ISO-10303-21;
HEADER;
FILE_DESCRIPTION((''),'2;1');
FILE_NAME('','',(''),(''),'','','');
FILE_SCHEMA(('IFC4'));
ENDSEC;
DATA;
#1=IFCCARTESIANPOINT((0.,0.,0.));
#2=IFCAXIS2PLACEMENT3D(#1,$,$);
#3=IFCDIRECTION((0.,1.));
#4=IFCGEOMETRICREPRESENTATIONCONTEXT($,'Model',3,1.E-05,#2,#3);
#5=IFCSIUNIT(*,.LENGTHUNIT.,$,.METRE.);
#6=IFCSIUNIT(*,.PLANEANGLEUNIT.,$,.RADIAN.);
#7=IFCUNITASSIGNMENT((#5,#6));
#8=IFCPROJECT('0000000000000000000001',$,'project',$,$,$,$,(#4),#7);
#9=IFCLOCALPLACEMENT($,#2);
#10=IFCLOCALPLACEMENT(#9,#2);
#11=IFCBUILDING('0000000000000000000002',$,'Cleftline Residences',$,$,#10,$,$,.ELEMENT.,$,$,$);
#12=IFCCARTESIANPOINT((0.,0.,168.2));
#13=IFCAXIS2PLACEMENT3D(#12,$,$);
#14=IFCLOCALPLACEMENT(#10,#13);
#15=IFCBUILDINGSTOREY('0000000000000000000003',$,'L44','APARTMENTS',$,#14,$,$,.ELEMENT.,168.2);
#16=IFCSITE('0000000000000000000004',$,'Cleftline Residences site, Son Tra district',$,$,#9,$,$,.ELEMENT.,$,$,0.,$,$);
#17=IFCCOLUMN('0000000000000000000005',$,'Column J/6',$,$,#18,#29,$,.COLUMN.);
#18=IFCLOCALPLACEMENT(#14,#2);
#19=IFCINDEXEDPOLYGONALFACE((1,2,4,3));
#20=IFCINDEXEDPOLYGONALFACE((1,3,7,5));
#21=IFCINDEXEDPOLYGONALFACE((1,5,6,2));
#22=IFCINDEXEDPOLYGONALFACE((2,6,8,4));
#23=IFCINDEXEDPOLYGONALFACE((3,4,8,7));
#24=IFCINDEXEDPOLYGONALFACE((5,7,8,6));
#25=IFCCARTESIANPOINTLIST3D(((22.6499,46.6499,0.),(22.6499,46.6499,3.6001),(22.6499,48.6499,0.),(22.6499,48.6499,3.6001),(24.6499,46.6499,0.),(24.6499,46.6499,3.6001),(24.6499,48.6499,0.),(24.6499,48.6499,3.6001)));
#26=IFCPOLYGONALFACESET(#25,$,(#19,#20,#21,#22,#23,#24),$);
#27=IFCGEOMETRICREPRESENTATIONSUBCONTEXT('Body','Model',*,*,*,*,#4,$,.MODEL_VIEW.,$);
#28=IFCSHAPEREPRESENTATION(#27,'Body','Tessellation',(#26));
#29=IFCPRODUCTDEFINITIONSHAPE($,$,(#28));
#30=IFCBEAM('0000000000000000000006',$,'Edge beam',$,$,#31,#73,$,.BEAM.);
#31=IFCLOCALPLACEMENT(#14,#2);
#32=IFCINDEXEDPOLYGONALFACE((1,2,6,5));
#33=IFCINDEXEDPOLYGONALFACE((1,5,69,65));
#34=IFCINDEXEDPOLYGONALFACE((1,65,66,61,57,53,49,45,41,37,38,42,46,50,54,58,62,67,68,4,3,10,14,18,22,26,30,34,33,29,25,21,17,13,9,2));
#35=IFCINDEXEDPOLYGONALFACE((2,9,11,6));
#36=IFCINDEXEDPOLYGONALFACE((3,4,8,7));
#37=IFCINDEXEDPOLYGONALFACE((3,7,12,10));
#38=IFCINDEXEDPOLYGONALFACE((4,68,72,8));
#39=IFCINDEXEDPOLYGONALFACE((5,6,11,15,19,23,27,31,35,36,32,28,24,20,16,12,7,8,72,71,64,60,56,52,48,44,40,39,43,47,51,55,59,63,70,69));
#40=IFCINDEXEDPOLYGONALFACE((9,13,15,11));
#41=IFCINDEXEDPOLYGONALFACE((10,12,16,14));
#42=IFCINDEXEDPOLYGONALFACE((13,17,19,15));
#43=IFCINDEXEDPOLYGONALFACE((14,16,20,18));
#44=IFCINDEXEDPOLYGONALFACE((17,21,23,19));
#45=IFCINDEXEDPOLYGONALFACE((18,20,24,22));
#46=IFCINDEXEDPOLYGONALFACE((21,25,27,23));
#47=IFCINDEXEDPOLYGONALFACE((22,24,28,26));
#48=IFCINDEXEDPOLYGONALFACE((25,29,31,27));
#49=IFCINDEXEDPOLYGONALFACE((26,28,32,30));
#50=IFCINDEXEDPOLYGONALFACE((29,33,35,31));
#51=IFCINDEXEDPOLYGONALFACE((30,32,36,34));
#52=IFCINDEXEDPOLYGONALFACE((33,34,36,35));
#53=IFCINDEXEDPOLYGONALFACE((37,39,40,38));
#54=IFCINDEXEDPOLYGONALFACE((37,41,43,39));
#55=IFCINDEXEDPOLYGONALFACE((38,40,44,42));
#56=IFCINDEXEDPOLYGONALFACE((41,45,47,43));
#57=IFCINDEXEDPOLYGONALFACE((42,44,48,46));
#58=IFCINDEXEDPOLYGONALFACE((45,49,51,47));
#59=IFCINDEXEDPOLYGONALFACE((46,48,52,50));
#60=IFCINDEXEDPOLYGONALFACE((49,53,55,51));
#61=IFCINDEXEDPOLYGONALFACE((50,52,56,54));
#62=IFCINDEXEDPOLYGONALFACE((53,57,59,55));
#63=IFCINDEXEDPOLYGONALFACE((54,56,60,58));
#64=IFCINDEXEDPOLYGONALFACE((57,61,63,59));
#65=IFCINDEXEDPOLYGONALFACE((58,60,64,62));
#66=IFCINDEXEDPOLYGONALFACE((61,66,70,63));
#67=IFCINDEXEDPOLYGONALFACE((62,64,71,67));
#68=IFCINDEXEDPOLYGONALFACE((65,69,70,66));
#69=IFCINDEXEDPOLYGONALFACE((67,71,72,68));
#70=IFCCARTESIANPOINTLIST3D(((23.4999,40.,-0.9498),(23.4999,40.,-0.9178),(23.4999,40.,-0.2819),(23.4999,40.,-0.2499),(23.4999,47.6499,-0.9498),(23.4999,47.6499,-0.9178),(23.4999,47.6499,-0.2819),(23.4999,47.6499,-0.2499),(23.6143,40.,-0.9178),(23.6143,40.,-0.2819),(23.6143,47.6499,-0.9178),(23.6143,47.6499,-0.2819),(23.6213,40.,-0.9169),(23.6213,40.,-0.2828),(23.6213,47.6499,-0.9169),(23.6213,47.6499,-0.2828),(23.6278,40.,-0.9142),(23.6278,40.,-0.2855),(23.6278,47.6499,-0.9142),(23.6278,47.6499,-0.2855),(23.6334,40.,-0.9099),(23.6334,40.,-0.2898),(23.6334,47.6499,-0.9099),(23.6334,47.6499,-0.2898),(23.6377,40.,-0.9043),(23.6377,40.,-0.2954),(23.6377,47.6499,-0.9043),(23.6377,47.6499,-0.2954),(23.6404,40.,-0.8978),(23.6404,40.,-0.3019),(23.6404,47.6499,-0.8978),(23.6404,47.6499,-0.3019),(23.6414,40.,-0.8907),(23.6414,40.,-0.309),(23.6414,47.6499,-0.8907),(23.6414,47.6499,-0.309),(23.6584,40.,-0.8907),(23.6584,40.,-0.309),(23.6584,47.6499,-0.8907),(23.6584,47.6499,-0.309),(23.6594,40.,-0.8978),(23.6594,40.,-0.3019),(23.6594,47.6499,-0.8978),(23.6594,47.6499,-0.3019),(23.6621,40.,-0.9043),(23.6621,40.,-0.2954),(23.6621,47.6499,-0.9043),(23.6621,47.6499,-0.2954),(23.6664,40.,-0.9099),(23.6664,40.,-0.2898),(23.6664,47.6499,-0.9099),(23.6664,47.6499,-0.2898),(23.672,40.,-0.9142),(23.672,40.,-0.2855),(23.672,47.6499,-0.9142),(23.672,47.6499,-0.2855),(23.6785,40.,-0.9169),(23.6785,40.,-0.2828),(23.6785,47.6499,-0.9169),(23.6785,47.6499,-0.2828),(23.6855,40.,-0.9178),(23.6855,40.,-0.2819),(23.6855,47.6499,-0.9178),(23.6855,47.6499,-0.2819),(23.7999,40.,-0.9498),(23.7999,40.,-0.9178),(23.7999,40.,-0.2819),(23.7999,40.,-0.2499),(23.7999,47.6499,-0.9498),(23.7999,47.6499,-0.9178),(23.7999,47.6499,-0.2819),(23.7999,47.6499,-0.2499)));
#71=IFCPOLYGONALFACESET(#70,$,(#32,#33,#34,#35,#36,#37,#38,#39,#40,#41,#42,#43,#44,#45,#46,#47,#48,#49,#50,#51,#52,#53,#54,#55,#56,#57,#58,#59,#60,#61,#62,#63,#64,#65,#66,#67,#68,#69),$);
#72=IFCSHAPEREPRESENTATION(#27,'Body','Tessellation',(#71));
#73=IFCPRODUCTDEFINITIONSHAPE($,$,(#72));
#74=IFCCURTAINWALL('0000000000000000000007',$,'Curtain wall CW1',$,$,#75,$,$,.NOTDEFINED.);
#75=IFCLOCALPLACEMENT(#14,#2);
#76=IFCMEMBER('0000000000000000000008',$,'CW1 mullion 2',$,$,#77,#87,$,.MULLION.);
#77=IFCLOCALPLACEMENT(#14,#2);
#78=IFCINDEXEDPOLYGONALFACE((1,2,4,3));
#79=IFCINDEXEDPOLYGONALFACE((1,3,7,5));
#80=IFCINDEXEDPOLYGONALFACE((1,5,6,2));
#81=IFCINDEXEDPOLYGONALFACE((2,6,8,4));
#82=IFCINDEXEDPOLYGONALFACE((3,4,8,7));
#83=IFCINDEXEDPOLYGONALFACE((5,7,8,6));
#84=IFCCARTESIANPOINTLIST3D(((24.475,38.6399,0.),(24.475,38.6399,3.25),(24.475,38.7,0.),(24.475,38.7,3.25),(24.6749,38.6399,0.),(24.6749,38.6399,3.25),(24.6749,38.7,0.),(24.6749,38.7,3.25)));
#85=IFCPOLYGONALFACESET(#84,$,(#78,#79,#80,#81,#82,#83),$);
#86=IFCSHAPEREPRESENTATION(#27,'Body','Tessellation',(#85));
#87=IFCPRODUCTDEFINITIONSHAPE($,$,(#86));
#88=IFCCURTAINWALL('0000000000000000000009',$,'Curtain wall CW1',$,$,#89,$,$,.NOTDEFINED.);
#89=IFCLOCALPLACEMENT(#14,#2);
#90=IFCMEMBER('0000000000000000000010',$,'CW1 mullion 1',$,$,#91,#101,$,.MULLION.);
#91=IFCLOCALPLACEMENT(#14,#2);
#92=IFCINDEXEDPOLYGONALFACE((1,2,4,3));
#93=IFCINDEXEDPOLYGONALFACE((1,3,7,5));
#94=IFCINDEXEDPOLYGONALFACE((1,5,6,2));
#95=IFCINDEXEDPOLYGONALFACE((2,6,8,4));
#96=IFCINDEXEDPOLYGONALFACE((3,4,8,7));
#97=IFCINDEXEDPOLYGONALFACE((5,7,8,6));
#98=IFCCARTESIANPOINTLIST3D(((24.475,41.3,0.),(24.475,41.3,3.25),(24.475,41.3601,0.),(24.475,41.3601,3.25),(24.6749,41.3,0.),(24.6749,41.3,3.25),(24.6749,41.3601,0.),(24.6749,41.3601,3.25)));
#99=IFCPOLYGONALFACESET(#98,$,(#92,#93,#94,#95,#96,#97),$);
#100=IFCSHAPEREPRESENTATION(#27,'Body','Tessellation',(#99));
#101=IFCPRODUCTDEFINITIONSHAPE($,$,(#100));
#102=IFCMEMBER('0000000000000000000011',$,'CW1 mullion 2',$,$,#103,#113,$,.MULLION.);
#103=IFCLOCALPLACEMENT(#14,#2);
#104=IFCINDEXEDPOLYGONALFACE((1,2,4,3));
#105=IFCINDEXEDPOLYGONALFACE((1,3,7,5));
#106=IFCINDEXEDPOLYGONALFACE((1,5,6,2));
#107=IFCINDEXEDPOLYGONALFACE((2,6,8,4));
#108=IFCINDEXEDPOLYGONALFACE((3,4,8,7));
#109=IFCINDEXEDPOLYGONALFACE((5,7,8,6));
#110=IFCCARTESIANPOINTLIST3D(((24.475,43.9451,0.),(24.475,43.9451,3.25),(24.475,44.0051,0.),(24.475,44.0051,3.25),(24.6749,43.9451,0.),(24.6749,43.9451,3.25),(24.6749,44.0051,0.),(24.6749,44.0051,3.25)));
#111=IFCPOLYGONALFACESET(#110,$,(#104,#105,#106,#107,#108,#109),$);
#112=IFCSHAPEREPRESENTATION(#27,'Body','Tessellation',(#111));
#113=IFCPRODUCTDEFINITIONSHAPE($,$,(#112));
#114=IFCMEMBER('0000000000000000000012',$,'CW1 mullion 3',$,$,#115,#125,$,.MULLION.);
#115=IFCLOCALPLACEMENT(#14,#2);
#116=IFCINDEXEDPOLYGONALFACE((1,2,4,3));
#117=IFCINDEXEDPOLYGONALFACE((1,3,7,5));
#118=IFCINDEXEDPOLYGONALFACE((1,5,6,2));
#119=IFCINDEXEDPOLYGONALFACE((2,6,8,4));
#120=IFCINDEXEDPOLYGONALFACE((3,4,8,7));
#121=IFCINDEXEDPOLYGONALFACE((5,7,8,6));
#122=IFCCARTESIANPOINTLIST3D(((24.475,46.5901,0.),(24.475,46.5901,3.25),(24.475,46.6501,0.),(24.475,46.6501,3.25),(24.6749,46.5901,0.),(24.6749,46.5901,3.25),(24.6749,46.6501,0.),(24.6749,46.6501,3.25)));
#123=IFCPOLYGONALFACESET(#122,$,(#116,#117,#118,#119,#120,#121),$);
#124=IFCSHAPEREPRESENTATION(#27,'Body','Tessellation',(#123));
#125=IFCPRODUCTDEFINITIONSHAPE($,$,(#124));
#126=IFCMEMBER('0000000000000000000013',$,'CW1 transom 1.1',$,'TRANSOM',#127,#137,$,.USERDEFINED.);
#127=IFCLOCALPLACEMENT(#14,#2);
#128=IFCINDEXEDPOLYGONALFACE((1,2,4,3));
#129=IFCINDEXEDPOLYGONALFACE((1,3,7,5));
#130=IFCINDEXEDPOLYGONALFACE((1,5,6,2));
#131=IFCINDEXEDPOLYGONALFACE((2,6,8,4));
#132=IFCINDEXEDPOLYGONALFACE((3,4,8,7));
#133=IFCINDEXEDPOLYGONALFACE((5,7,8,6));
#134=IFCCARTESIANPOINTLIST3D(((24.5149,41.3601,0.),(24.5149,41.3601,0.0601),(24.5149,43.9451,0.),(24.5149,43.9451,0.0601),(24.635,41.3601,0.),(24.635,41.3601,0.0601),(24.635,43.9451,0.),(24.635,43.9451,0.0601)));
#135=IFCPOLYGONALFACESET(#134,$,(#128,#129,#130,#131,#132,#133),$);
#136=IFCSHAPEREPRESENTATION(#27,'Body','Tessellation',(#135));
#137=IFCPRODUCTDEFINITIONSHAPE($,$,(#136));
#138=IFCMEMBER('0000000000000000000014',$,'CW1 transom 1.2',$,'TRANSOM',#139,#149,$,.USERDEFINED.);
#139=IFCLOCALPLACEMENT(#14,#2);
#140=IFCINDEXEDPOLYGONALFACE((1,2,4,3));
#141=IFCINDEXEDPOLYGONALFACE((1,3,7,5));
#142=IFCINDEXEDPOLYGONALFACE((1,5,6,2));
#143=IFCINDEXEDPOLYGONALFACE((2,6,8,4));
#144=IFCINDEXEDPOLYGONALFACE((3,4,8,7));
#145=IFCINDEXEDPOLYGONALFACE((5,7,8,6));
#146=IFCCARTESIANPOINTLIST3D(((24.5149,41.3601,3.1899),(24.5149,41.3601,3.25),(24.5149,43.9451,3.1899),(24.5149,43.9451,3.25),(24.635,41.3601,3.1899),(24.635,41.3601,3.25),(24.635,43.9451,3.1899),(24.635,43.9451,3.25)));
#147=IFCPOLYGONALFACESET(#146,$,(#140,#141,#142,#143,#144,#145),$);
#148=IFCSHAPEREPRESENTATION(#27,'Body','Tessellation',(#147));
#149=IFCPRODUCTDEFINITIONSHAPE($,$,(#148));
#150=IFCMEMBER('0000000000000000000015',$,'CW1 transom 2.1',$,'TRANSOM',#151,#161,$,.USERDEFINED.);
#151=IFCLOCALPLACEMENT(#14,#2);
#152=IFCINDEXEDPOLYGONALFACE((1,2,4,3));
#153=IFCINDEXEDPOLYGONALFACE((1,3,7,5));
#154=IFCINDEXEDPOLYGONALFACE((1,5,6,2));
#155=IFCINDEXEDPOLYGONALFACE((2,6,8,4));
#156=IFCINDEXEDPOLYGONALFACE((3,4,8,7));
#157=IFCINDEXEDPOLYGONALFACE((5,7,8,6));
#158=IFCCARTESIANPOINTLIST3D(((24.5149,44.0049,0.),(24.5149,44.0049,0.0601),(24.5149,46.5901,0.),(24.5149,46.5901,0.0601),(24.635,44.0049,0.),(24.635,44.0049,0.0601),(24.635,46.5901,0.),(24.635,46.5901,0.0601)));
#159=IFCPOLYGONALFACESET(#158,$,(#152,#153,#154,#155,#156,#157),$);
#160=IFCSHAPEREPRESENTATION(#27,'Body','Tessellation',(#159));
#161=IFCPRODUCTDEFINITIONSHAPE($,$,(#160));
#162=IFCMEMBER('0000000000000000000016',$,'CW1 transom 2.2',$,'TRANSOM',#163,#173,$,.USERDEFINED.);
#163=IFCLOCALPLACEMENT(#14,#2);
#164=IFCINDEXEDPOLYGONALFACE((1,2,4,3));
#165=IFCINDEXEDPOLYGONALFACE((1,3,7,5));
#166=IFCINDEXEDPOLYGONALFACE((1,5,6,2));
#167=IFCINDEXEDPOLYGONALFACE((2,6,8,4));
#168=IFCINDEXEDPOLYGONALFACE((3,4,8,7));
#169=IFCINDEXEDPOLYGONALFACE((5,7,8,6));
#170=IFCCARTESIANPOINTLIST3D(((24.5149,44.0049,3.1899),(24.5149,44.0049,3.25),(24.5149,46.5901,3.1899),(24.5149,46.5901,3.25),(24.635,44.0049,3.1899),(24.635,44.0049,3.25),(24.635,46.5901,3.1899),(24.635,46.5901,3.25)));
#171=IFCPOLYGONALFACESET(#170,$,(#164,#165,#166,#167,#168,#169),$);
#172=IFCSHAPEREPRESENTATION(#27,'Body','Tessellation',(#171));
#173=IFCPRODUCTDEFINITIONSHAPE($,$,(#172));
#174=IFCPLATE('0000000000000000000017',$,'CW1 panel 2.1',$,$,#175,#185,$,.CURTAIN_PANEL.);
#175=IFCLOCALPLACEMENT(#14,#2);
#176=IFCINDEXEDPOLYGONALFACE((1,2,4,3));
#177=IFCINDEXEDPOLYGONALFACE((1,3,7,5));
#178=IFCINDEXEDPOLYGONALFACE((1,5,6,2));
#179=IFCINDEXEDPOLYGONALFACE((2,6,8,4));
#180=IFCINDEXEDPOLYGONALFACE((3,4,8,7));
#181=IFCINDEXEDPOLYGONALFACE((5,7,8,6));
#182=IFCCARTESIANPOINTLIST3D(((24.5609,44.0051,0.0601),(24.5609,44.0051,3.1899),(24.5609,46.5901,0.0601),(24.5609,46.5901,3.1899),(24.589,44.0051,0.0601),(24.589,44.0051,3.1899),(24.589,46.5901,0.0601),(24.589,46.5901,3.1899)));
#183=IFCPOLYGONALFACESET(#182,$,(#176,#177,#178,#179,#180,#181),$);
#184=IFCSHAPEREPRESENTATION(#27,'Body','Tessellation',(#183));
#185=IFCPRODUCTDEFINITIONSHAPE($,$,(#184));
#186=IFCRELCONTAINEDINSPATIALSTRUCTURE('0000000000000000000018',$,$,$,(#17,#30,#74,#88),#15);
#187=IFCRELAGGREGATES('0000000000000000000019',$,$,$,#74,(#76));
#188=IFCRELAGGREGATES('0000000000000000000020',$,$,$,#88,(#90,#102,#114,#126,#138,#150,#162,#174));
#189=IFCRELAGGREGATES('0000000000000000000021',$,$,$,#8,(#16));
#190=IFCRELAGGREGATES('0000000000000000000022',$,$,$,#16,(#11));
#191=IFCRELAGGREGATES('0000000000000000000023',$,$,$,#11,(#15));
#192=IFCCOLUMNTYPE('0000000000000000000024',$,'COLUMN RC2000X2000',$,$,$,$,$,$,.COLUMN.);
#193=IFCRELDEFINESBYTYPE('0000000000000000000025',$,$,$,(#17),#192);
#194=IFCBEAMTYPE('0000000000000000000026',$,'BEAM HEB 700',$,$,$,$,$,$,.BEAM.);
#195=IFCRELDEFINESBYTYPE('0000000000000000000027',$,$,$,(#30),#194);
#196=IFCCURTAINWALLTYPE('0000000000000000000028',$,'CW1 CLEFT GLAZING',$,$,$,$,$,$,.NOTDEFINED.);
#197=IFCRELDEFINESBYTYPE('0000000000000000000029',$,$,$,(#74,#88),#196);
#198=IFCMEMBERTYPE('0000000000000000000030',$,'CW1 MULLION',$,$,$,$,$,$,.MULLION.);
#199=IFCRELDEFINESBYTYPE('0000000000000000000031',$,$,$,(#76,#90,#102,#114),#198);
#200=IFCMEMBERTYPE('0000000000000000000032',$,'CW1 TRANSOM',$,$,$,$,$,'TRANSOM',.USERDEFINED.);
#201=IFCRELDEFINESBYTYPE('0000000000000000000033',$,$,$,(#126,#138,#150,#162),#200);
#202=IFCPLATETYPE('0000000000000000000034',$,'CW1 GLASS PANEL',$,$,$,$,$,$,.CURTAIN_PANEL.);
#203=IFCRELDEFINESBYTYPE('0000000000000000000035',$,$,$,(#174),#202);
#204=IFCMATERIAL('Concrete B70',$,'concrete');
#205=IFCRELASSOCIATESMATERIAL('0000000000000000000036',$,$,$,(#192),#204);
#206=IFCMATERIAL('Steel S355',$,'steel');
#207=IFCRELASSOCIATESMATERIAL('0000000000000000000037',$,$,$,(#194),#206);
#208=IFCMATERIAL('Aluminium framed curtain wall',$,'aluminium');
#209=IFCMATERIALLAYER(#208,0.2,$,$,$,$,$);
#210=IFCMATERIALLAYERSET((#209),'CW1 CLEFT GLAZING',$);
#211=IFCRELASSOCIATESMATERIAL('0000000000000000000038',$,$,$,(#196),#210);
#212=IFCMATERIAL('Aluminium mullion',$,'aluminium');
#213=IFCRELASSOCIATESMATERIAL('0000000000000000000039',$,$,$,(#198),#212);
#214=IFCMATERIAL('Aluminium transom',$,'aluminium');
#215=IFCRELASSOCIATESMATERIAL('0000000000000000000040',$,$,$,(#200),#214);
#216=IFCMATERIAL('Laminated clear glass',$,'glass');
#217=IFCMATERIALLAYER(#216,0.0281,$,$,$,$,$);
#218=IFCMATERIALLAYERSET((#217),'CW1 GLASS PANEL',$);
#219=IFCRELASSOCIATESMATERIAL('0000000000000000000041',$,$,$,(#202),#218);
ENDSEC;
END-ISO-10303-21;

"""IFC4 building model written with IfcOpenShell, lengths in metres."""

from ifc_helpers import new_model, si_unit, direction, frame, origin, origin_2d, place, context, subcontext, project, spatial, rectangle, i_section, extrude, material, layer, layer_set, material_profile, profile_set, type_object, element, aggregate, save


model = new_model("IFC4")

# Units and contexts
model_context = context("Model", 3, precision=1e-05, world=origin(), true_north=direction((0.0, 1.0)))
body_context = subcontext(model_context, "Body", "Model", "MODEL_VIEW")
ifc_project = project(units=[si_unit("LENGTHUNIT", "METRE"), si_unit("PLANEANGLEUNIT", "RADIAN")], contexts=[model_context])

# Site, building, storey
site_placement = place(None, origin())
site = spatial("IfcSite", under=ifc_project, at=site_placement, Name="Cleftline Residences site, Son Tra district", CompositionType="ELEMENT", RefElevation=0.0)
building_placement = place(site_placement, origin())
building = spatial("IfcBuilding", under=site, at=building_placement, Name="Cleftline Residences", CompositionType="ELEMENT")
storey_placement = place(building_placement, frame((0.0, 0.0, 168.2)))
storey = spatial("IfcBuildingStorey", under=building, at=storey_placement, Name="L44", Description="APARTMENTS", CompositionType="ELEMENT", Elevation=168.2)

# Column
ifc_material_1 = material(Name="Concrete B70", Category="concrete")
ifc_material_profile_1 = material_profile(ifc_material_1, rectangle(XDim=2.0, YDim=2.0, at=origin_2d()))
ifc_profile_set_1 = profile_set([ifc_material_profile_1], Name="Concrete B70")
column_type = type_object("IfcColumnType", Name="COLUMN RC2000X2000", PredefinedType="COLUMN", material=ifc_profile_set_1)
column_placement = place(storey_placement, frame((23.6499, 47.6499, 0.0), z_axis=(0.0, 0.0, 1.0), x_axis=(1.0, 0.0, 0.0)))
element("IfcColumn", 1, at=column_placement, inside=storey, type_object=column_type, Name="Column J/6", PredefinedType="COLUMN", context=body_context, shape_type="SweptSolid", body=[
    extrude(rectangle(XDim=2.0, YDim=2.0, at=origin_2d()), origin(), (0.0, 0.0, 1.0), 3.6001),
])

# Beam
ifc_material_2 = material(Name="Steel S355", Category="steel")
ifc_material_profile_2 = material_profile(ifc_material_2, i_section(OverallWidth=0.3, OverallDepth=0.7, WebThickness=0.0171, FlangeThickness=0.032, FilletRadius=0.0271, at=origin_2d()))
ifc_profile_set_2 = profile_set([ifc_material_profile_2], Name="Steel S355")
beam_type = type_object("IfcBeamType", Name="BEAM HEB 700", PredefinedType="BEAM", material=ifc_profile_set_2)
beam_placement = place(storey_placement, frame((23.6499, 47.6499, -0.5999), z_axis=(0.0, -1.0, 0.0), x_axis=(1.0, 0.0, 0.0)))
element("IfcBeam", 2, at=beam_placement, inside=storey, type_object=beam_type, Name="Edge beam", PredefinedType="BEAM", context=body_context, shape_type="SweptSolid", body=[
    extrude(i_section(OverallWidth=0.3, OverallDepth=0.7, WebThickness=0.0171, FlangeThickness=0.032, FilletRadius=0.0271, at=origin_2d()), origin(), (0.0, 0.0, 1.0), 7.6499),
])

# Curtain wall, member
ifc_material_3 = material(Name="Aluminium framed curtain wall", Category="aluminium")
ifc_layer_1 = layer(ifc_material_3, 0.2)
ifc_layer_set_1 = layer_set([ifc_layer_1], Name="CW1 CLEFT GLAZING")
curtain_wall_type = type_object("IfcCurtainWallType", Name="CW1 CLEFT GLAZING", PredefinedType="NOTDEFINED", material=ifc_layer_set_1)
curtain_wall_1_placement = place(storey_placement, origin())
curtain_wall_1 = element("IfcCurtainWall", 3, at=curtain_wall_1_placement, inside=storey, type_object=curtain_wall_type, Name="Curtain wall CW1", PredefinedType="NOTDEFINED")
ifc_material_4 = material(Name="Aluminium mullion", Category="aluminium")
ifc_material_profile_3 = material_profile(ifc_material_4, rectangle(XDim=0.2, YDim=0.0601, at=origin_2d()))
ifc_profile_set_3 = profile_set([ifc_material_profile_3], Name="Aluminium mullion")
member_type_1 = type_object("IfcMemberType", Name="CW1 MULLION", PredefinedType="MULLION", material=ifc_profile_set_3)
member_1_placement = place(storey_placement, frame((24.575, 38.6699, 0.0), z_axis=(0.0, 0.0, 1.0), x_axis=(-1.0, 0.0, 0.0)))
member_1 = element("IfcMember", 4, at=member_1_placement, type_object=member_type_1, Name="CW1 mullion 2", PredefinedType="MULLION", context=body_context, shape_type="SweptSolid", body=[
    extrude(rectangle(XDim=0.2, YDim=0.0601, at=origin_2d()), origin(), (0.0, 0.0, 1.0), 3.25),
])
aggregate(curtain_wall_1, [member_1])

# Curtain wall, members, plate
curtain_wall_2_placement = place(storey_placement, origin())
curtain_wall_2 = element("IfcCurtainWall", 5, at=curtain_wall_2_placement, inside=storey, type_object=curtain_wall_type, Name="Curtain wall CW1", PredefinedType="NOTDEFINED")
member_2_placement = place(storey_placement, frame((24.575, 41.3301, 0.0), z_axis=(0.0, 0.0, 1.0), x_axis=(-1.0, 0.0, 0.0)))
member_2 = element("IfcMember", 6, at=member_2_placement, type_object=member_type_1, Name="CW1 mullion 1", PredefinedType="MULLION", context=body_context, shape_type="SweptSolid", body=[
    extrude(rectangle(XDim=0.2, YDim=0.0601, at=origin_2d()), origin(), (0.0, 0.0, 1.0), 3.25),
])
member_3_placement = place(storey_placement, frame((24.575, 43.9751, 0.0), z_axis=(0.0, 0.0, 1.0), x_axis=(-1.0, 0.0, 0.0)))
member_3 = element("IfcMember", 7, at=member_3_placement, type_object=member_type_1, Name="CW1 mullion 2", PredefinedType="MULLION", context=body_context, shape_type="SweptSolid", body=[
    extrude(rectangle(XDim=0.2, YDim=0.0601, at=origin_2d()), origin(), (0.0, 0.0, 1.0), 3.25),
])
member_4_placement = place(storey_placement, frame((24.575, 46.6201, 0.0), z_axis=(0.0, 0.0, 1.0), x_axis=(-1.0, 0.0, 0.0)))
member_4 = element("IfcMember", 8, at=member_4_placement, type_object=member_type_1, Name="CW1 mullion 3", PredefinedType="MULLION", context=body_context, shape_type="SweptSolid", body=[
    extrude(rectangle(XDim=0.2, YDim=0.0601, at=origin_2d()), origin(), (0.0, 0.0, 1.0), 3.25),
])
ifc_material_5 = material(Name="Aluminium transom", Category="aluminium")
ifc_material_profile_4 = material_profile(ifc_material_5, rectangle(XDim=0.1201, YDim=0.0601, at=origin_2d()))
ifc_profile_set_4 = profile_set([ifc_material_profile_4], Name="Aluminium transom")
member_type_2 = type_object("IfcMemberType", Name="CW1 TRANSOM", ElementType="TRANSOM", PredefinedType="USERDEFINED", material=ifc_profile_set_4)
member_5_placement = place(storey_placement, frame((24.575, 41.3601, 0.03), z_axis=(0.0, 1.0, 0.0), x_axis=(-1.0, 0.0, 0.0)))
member_5 = element("IfcMember", 9, at=member_5_placement, type_object=member_type_2, Name="CW1 transom 1.1", ObjectType="TRANSOM", PredefinedType="USERDEFINED", context=body_context, shape_type="SweptSolid", body=[
    extrude(rectangle(XDim=0.1201, YDim=0.0601, at=origin_2d()), origin(), (0.0, 0.0, 1.0), 2.585),
])
member_6_placement = place(storey_placement, frame((24.575, 41.3601, 3.22), z_axis=(0.0, 1.0, 0.0), x_axis=(-1.0, 0.0, 0.0)))
member_6 = element("IfcMember", 10, at=member_6_placement, type_object=member_type_2, Name="CW1 transom 1.2", ObjectType="TRANSOM", PredefinedType="USERDEFINED", context=body_context, shape_type="SweptSolid", body=[
    extrude(rectangle(XDim=0.1201, YDim=0.0601, at=origin_2d()), origin(), (0.0, 0.0, 1.0), 2.585),
])
member_7_placement = place(storey_placement, frame((24.575, 44.0049, 0.03), z_axis=(0.0, 1.0, 0.0), x_axis=(-1.0, 0.0, 0.0)))
member_7 = element("IfcMember", 11, at=member_7_placement, type_object=member_type_2, Name="CW1 transom 2.1", ObjectType="TRANSOM", PredefinedType="USERDEFINED", context=body_context, shape_type="SweptSolid", body=[
    extrude(rectangle(XDim=0.1201, YDim=0.0601, at=origin_2d()), origin(), (0.0, 0.0, 1.0), 2.5852),
])
member_8_placement = place(storey_placement, frame((24.575, 44.0049, 3.22), z_axis=(0.0, 1.0, 0.0), x_axis=(-1.0, 0.0, 0.0)))
member_8 = element("IfcMember", 12, at=member_8_placement, type_object=member_type_2, Name="CW1 transom 2.2", ObjectType="TRANSOM", PredefinedType="USERDEFINED", context=body_context, shape_type="SweptSolid", body=[
    extrude(rectangle(XDim=0.1201, YDim=0.0601, at=origin_2d()), origin(), (0.0, 0.0, 1.0), 2.5852),
])
ifc_material_6 = material(Name="Laminated clear glass", Category="glass")
ifc_layer_2 = layer(ifc_material_6, 0.0281)
ifc_layer_set_2 = layer_set([ifc_layer_2], Name="CW1 GLASS PANEL")
plate_type_1 = type_object("IfcPlateType", Name="CW1 GLASS PANEL", PredefinedType="CURTAIN_PANEL", material=ifc_layer_set_2)
plate_1_placement = place(storey_placement, frame((24.575, 45.2976, 0.0601), z_axis=(0.0, 0.0, 1.0), x_axis=(0.0, 1.0, 0.0)))
plate_1 = element("IfcPlate", 13, at=plate_1_placement, type_object=plate_type_1, Name="CW1 panel 2.1", PredefinedType="CURTAIN_PANEL", context=body_context, shape_type="SweptSolid", body=[
    extrude(rectangle(XDim=2.585, YDim=0.0281, at=origin_2d()), origin(), (0.0, 0.0, 1.0), 3.1299),
])
aggregate(curtain_wall_2, [member_2, member_3, member_4, member_5, member_6, member_7, member_8, plate_1])

save(model, "model.ifc")
